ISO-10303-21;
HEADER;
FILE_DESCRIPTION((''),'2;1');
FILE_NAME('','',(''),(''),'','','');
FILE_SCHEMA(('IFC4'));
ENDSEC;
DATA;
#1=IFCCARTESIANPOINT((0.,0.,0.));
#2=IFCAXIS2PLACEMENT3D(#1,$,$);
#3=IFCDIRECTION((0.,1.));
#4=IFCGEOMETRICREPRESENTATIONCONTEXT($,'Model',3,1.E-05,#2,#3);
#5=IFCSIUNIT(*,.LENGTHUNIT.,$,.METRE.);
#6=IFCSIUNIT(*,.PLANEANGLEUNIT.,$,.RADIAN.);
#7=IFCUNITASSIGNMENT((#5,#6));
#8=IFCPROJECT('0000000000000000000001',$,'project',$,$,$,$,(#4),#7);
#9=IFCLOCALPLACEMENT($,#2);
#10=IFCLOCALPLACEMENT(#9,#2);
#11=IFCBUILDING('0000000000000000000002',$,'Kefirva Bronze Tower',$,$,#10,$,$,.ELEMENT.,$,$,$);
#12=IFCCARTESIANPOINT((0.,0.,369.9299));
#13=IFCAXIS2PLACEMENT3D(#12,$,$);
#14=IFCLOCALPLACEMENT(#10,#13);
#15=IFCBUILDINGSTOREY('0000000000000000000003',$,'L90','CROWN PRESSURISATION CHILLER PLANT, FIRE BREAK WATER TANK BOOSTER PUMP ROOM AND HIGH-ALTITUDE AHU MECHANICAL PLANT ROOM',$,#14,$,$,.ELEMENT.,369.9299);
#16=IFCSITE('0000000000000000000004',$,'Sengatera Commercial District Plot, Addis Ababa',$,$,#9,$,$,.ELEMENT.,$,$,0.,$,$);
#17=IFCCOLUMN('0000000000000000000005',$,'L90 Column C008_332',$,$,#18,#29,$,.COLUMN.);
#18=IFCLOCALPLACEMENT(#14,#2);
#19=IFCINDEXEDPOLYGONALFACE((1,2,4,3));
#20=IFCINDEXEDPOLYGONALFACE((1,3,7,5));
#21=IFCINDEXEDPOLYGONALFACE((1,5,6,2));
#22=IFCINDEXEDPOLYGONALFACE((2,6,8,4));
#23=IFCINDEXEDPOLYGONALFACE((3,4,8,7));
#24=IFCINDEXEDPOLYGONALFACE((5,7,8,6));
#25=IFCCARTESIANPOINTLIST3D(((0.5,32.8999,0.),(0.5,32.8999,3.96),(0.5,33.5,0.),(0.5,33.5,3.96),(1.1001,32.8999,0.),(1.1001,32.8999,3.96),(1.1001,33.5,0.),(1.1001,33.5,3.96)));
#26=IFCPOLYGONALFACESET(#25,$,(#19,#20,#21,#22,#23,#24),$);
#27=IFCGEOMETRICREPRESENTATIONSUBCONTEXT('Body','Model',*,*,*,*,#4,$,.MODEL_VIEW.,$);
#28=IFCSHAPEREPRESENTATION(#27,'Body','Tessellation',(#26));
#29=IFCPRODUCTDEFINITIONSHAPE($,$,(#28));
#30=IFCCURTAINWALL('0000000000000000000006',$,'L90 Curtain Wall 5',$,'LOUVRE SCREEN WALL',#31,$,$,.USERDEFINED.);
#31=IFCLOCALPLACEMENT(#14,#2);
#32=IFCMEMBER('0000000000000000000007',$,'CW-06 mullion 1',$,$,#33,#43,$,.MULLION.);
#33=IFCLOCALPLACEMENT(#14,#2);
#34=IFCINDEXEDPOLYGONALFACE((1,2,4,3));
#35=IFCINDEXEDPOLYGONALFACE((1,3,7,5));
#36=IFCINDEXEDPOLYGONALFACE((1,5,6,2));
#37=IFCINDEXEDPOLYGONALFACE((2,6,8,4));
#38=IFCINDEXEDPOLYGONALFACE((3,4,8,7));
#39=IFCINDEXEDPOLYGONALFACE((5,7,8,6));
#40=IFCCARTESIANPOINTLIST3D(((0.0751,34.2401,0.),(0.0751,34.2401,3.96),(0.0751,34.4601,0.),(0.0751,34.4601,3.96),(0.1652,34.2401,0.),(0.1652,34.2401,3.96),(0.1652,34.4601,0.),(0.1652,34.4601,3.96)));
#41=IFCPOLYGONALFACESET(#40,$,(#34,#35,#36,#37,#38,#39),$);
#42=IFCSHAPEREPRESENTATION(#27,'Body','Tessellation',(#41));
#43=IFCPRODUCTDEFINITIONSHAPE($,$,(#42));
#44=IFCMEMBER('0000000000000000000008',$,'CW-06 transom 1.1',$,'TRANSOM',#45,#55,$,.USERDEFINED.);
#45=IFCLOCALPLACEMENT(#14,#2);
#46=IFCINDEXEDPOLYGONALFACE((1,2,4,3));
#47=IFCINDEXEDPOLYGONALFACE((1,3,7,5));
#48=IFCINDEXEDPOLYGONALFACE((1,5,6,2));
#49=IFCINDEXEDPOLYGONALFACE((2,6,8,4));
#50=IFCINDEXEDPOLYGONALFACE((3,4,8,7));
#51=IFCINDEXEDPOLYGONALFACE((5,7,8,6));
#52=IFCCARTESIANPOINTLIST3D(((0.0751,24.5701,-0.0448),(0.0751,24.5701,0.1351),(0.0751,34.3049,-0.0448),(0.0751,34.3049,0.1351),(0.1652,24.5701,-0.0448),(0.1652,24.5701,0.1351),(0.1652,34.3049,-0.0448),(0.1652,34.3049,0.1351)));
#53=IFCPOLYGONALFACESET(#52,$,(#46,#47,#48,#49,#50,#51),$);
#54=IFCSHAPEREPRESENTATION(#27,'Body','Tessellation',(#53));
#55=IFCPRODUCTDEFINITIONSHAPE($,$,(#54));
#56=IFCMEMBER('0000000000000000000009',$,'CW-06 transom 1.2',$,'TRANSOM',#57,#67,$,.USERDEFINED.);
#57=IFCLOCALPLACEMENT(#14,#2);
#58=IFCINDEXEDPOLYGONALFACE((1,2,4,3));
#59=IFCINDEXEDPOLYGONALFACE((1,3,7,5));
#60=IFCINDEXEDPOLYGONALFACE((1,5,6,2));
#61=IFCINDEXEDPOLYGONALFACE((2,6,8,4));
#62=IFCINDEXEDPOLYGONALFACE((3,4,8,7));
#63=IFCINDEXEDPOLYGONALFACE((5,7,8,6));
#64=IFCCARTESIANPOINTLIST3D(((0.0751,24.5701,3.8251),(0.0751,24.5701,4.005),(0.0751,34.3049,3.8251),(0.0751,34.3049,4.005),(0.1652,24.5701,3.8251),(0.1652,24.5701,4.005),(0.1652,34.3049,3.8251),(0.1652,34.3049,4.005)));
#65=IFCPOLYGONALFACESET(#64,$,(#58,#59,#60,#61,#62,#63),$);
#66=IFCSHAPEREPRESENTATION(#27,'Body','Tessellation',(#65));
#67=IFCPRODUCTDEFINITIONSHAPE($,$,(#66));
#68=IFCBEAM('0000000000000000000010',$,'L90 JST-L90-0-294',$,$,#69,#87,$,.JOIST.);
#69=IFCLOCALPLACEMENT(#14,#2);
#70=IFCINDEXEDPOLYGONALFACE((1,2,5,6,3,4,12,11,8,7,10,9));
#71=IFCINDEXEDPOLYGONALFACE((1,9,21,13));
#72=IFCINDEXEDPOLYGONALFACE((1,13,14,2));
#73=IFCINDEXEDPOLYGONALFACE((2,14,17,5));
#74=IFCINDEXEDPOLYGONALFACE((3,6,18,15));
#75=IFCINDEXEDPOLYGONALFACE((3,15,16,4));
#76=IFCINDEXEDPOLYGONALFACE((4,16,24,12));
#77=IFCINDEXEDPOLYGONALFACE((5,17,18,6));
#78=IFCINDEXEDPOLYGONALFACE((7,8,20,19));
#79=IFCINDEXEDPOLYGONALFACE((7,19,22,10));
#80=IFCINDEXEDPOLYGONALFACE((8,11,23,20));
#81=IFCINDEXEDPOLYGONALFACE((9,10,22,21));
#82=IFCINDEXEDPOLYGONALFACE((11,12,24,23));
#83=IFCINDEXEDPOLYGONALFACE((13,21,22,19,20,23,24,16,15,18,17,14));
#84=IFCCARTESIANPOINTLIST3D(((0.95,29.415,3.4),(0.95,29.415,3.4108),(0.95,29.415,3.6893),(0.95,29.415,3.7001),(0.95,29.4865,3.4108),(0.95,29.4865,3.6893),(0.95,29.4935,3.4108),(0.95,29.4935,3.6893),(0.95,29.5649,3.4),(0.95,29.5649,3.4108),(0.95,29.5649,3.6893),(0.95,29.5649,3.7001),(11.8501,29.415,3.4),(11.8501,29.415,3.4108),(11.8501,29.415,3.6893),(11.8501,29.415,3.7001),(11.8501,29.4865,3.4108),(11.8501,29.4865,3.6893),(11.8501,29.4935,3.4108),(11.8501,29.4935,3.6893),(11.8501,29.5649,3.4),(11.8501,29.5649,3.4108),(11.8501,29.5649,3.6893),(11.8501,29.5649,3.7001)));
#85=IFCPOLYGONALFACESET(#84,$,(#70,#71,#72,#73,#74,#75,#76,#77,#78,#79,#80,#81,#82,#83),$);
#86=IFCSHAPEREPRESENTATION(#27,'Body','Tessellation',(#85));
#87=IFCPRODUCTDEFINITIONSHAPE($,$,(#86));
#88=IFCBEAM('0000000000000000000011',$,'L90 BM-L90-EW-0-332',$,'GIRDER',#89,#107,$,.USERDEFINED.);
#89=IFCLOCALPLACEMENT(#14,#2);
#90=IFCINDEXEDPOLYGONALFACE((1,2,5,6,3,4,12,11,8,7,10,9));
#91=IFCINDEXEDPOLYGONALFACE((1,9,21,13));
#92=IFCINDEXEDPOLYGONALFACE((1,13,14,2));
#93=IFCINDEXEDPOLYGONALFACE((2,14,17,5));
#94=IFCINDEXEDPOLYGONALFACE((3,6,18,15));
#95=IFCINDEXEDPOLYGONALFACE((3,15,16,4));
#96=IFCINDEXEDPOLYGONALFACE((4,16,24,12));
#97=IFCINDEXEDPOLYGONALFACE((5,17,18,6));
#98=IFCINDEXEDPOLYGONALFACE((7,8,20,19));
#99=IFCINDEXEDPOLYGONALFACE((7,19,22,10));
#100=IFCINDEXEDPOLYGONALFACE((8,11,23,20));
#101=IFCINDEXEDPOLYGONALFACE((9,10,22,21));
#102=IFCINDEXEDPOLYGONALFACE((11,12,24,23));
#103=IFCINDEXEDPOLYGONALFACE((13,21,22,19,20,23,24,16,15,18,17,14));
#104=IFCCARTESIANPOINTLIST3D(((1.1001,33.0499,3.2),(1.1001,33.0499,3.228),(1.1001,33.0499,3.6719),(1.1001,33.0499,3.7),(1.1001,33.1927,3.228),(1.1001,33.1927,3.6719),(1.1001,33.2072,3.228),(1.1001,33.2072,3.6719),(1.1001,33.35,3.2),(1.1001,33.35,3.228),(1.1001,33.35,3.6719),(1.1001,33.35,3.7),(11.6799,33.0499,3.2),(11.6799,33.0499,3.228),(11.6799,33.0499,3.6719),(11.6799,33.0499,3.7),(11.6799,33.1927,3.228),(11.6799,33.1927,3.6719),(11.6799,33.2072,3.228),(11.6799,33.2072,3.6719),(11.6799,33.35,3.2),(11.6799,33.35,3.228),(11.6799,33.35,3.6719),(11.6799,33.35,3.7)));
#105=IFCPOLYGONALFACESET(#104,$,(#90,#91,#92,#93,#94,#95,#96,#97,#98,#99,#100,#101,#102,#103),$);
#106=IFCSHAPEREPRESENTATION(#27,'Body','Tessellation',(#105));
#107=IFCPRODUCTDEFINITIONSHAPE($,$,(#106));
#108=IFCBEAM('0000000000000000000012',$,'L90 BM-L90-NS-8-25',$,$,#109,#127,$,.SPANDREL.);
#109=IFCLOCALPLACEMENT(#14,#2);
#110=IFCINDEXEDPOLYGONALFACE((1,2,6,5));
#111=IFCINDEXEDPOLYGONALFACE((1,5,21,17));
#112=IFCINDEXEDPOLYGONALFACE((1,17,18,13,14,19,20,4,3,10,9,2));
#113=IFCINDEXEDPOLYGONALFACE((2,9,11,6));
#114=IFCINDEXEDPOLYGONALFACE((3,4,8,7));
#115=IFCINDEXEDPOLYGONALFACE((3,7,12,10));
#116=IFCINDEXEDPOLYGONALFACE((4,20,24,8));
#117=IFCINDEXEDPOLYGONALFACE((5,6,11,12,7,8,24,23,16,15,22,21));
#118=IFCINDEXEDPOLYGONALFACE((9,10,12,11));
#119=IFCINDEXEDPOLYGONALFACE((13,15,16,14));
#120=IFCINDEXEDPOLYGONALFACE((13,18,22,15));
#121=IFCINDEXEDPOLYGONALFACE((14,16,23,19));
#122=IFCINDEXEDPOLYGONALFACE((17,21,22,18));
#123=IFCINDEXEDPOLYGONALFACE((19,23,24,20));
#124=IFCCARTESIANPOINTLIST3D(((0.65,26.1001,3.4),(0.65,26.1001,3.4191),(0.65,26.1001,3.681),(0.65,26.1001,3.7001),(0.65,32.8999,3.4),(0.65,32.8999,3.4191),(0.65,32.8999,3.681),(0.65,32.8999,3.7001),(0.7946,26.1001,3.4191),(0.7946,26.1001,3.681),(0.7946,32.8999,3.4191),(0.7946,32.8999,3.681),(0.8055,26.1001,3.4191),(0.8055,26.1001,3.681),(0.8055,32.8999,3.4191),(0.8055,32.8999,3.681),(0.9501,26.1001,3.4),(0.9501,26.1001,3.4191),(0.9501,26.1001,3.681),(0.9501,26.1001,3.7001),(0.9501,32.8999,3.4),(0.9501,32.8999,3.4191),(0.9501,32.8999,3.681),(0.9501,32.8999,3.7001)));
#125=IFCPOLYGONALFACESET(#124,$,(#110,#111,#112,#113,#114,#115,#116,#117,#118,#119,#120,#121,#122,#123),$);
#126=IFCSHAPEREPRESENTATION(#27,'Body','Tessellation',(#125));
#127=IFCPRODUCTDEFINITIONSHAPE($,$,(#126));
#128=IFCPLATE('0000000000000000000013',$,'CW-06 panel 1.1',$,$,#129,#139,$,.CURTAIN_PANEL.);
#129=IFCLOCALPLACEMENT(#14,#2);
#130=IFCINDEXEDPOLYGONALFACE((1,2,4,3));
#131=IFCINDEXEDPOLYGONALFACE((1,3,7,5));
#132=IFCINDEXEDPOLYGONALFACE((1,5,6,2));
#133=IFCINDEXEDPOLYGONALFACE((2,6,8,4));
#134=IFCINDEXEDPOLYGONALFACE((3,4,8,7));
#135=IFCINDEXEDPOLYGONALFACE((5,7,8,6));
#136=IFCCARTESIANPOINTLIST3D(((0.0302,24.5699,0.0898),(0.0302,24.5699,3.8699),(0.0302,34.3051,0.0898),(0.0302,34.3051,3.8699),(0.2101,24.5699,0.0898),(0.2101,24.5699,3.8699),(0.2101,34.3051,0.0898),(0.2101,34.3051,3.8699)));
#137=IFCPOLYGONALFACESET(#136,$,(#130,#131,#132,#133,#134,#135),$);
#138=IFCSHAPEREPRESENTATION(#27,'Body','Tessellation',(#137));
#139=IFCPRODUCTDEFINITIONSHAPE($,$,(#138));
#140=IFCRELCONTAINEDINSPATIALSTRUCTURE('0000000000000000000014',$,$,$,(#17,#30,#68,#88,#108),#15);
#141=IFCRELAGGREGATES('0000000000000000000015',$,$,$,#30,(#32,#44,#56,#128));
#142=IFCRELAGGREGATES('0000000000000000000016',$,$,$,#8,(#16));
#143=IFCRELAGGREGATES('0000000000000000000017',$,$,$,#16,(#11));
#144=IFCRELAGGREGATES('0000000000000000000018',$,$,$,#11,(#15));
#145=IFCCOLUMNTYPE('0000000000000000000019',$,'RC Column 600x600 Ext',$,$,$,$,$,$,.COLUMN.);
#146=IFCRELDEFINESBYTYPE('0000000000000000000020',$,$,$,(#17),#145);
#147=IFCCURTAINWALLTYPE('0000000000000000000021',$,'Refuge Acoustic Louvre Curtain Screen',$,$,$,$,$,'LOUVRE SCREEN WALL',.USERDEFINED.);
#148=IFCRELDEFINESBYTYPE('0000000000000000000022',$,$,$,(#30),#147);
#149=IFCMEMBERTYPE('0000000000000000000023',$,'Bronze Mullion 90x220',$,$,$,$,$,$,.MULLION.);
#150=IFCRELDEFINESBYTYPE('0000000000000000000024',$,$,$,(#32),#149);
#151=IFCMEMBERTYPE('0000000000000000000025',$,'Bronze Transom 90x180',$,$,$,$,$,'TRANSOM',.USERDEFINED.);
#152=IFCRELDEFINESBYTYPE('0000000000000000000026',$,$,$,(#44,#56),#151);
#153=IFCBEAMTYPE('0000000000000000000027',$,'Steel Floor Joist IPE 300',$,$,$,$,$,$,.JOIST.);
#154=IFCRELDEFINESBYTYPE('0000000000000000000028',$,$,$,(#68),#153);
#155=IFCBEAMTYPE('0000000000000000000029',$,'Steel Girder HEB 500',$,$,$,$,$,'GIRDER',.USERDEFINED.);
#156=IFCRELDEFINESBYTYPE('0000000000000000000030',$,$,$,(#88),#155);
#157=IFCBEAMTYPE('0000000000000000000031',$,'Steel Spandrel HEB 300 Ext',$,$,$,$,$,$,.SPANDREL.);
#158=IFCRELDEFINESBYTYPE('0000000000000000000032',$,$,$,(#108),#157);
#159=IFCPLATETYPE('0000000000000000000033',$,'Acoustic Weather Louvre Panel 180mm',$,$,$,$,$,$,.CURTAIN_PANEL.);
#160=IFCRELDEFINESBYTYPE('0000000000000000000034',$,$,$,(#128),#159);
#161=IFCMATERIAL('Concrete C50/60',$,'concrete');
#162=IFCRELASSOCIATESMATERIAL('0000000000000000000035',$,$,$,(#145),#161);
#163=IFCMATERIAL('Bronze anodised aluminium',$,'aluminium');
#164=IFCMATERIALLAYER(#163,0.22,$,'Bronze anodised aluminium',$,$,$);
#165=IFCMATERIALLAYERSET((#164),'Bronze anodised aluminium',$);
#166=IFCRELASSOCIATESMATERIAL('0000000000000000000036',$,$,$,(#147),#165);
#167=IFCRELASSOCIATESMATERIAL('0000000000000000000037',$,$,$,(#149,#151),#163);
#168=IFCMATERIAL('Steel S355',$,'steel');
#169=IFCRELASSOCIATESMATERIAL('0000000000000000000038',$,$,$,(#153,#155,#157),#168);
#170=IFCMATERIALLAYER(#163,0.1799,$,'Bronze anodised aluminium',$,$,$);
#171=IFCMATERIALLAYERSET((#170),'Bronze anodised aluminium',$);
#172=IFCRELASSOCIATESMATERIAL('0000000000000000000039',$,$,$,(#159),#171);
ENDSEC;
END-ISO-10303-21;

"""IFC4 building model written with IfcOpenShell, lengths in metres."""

from ifc_helpers import new_model, si_unit, direction, frame, origin, origin_2d, place, context, subcontext, project, spatial, rectangle, i_section, extrude, material, layer, layer_set, material_profile, profile_set, type_object, element, aggregate, save


model = new_model("IFC4")

# Units and contexts
model_context = context("Model", 3, precision=1e-05, world=origin(), true_north=direction((0.0, 1.0)))
body_context = subcontext(model_context, "Body", "Model", "MODEL_VIEW")
ifc_project = project(units=[si_unit("LENGTHUNIT", "METRE"), si_unit("PLANEANGLEUNIT", "RADIAN")], contexts=[model_context])

# Site, building, storey
site_placement = place(None, origin())
site = spatial("IfcSite", under=ifc_project, at=site_placement, Name="Sengatera Commercial District Plot, Addis Ababa", CompositionType="ELEMENT", RefElevation=0.0)
building_placement = place(site_placement, origin())
building = spatial("IfcBuilding", under=site, at=building_placement, Name="Kefirva Bronze Tower", CompositionType="ELEMENT")
storey_placement = place(building_placement, frame((0.0, 0.0, 369.9299)))
storey = spatial("IfcBuildingStorey", under=building, at=storey_placement, Name="L90", Description="CROWN PRESSURISATION CHILLER PLANT, FIRE BREAK WATER TANK BOOSTER PUMP ROOM AND HIGH-ALTITUDE AHU MECHANICAL PLANT ROOM", CompositionType="ELEMENT", Elevation=369.9299)

# Column
ifc_material_1 = material(Name="Concrete C50/60", Category="concrete")
ifc_material_profile_1 = material_profile(ifc_material_1, rectangle(XDim=0.6001, YDim=0.6001, at=origin_2d()), Name="RC 600x600")
ifc_profile_set_1 = profile_set([ifc_material_profile_1], Name="Concrete C50/60")
column_type = type_object("IfcColumnType", Name="RC Column 600x600 Ext", PredefinedType="COLUMN", material=ifc_profile_set_1)
column_placement = place(storey_placement, frame((0.8, 33.2, 0.0), z_axis=(0.0, 0.0, 1.0), x_axis=(1.0, 0.0, 0.0)))
element("IfcColumn", 1, at=column_placement, inside=storey, type_object=column_type, Name="L90 Column C008_332", PredefinedType="COLUMN", context=body_context, shape_type="SweptSolid", body=[
    extrude(rectangle(XDim=0.6001, YDim=0.6001, at=origin_2d()), origin(), (0.0, 0.0, 1.0), 3.96),
])

# Curtain wall, members
ifc_material_2 = material(Name="Bronze anodised aluminium", Category="aluminium")
ifc_layer_1 = layer(ifc_material_2, 0.22, Name="Bronze anodised aluminium")
ifc_layer_set_1 = layer_set([ifc_layer_1], Name="Bronze anodised aluminium")
curtain_wall_type = type_object("IfcCurtainWallType", Name="Refuge Acoustic Louvre Curtain Screen", ElementType="LOUVRE SCREEN WALL", PredefinedType="USERDEFINED", material=ifc_layer_set_1)
curtain_wall_placement = place(storey_placement, origin())
curtain_wall = element("IfcCurtainWall", 2, at=curtain_wall_placement, inside=storey, type_object=curtain_wall_type, Name="L90 Curtain Wall 5", ObjectType="LOUVRE SCREEN WALL", PredefinedType="USERDEFINED")
ifc_material_profile_2 = material_profile(ifc_material_2, rectangle(XDim=0.0901, YDim=0.22, at=origin_2d()), Name="ALU 90x220")
ifc_profile_set_2 = profile_set([ifc_material_profile_2], Name="Bronze anodised aluminium")
member_type_1 = type_object("IfcMemberType", Name="Bronze Mullion 90x220", PredefinedType="MULLION", material=ifc_profile_set_2)
member_1_placement = place(storey_placement, frame((0.1201, 34.3501, 0.0), z_axis=(0.0, 0.0, 1.0), x_axis=(1.0, 0.0, 0.0)))
member_1 = element("IfcMember", 3, at=member_1_placement, type_object=member_type_1, Name="CW-06 mullion 1", PredefinedType="MULLION", context=body_context, shape_type="SweptSolid", body=[
    extrude(rectangle(XDim=0.0901, YDim=0.22, at=origin_2d()), origin(), (0.0, 0.0, 1.0), 3.96),
])
ifc_material_profile_3 = material_profile(ifc_material_2, rectangle(XDim=0.0901, YDim=0.1799, at=origin_2d()), Name="ALU 90x180")
ifc_profile_set_3 = profile_set([ifc_material_profile_3], Name="Bronze anodised aluminium")
member_type_2 = type_object("IfcMemberType", Name="Bronze Transom 90x180", ElementType="TRANSOM", PredefinedType="USERDEFINED", material=ifc_profile_set_3)
member_2_placement = place(storey_placement, frame((0.1201, 34.3049, 0.0452), z_axis=(0.0, -1.0, 0.0), x_axis=(1.0, 0.0, 0.0)))
member_2 = element("IfcMember", 4, at=member_2_placement, type_object=member_type_2, Name="CW-06 transom 1.1", ObjectType="TRANSOM", PredefinedType="USERDEFINED", context=body_context, shape_type="SweptSolid", body=[
    extrude(rectangle(XDim=0.0901, YDim=0.1799, at=origin_2d()), origin(), (0.0, 0.0, 1.0), 9.7349),
])
member_3_placement = place(storey_placement, frame((0.1201, 34.3049, 3.915), z_axis=(0.0, -1.0, 0.0), x_axis=(1.0, 0.0, 0.0)))
member_3 = element("IfcMember", 5, at=member_3_placement, type_object=member_type_2, Name="CW-06 transom 1.2", ObjectType="TRANSOM", PredefinedType="USERDEFINED", context=body_context, shape_type="SweptSolid", body=[
    extrude(rectangle(XDim=0.0901, YDim=0.1799, at=origin_2d()), origin(), (0.0, 0.0, 1.0), 9.7349),
])

# Beams
ifc_material_3 = material(Name="Steel S355", Category="steel")
ifc_material_profile_4 = material_profile(ifc_material_3, i_section(OverallWidth=0.1499, OverallDepth=0.3, WebThickness=0.0071, FlangeThickness=0.0107, at=origin_2d()), Name="IPE 300")
ifc_profile_set_4 = profile_set([ifc_material_profile_4], Name="Steel S355")
beam_type_1 = type_object("IfcBeamType", Name="Steel Floor Joist IPE 300", PredefinedType="JOIST", material=ifc_profile_set_4)
beam_1_placement = place(storey_placement, frame((0.95, 29.49, 3.55), z_axis=(1.0, 0.0, 0.0), x_axis=(0.0, 1.0, 0.0)))
element("IfcBeam", 6, at=beam_1_placement, inside=storey, type_object=beam_type_1, Name="L90 JST-L90-0-294", PredefinedType="JOIST", context=body_context, shape_type="SweptSolid", body=[
    extrude(i_section(OverallWidth=0.1499, OverallDepth=0.3, WebThickness=0.0071, FlangeThickness=0.0107, at=origin_2d()), origin(), (0.0, 0.0, 1.0), 10.9001),
])
ifc_material_profile_5 = material_profile(ifc_material_3, i_section(OverallWidth=0.3, OverallDepth=0.5, WebThickness=0.0144, FlangeThickness=0.0281, at=origin_2d()), Name="HEB 500")
ifc_profile_set_5 = profile_set([ifc_material_profile_5], Name="Steel S355")
beam_type_2 = type_object("IfcBeamType", Name="Steel Girder HEB 500", ElementType="GIRDER", PredefinedType="USERDEFINED", material=ifc_profile_set_5)
beam_2_placement = place(storey_placement, frame((1.1001, 33.2, 3.45), z_axis=(1.0, 0.0, 0.0), x_axis=(0.0, 1.0, 0.0)))
element("IfcBeam", 7, at=beam_2_placement, inside=storey, type_object=beam_type_2, Name="L90 BM-L90-EW-0-332", ObjectType="GIRDER", PredefinedType="USERDEFINED", context=body_context, shape_type="SweptSolid", body=[
    extrude(i_section(OverallWidth=0.3, OverallDepth=0.5, WebThickness=0.0144, FlangeThickness=0.0281, at=origin_2d()), origin(), (0.0, 0.0, 1.0), 10.5798),
])
ifc_material_profile_6 = material_profile(ifc_material_3, i_section(OverallWidth=0.3, OverallDepth=0.3, WebThickness=0.011, FlangeThickness=0.019, at=origin_2d()), Name="HEB 300")
ifc_profile_set_6 = profile_set([ifc_material_profile_6], Name="Steel S355")
beam_type_3 = type_object("IfcBeamType", Name="Steel Spandrel HEB 300 Ext", PredefinedType="SPANDREL", material=ifc_profile_set_6)
beam_3_placement = place(storey_placement, frame((0.8, 26.1001, 3.55), z_axis=(0.0, 1.0, 0.0), x_axis=(-1.0, 0.0, 0.0)))
element("IfcBeam", 8, at=beam_3_placement, inside=storey, type_object=beam_type_3, Name="L90 BM-L90-NS-8-25", PredefinedType="SPANDREL", context=body_context, shape_type="SweptSolid", body=[
    extrude(i_section(OverallWidth=0.3, OverallDepth=0.3, WebThickness=0.011, FlangeThickness=0.019, at=origin_2d()), origin(), (0.0, 0.0, 1.0), 6.7998),
])

# Plate
ifc_layer_2 = layer(ifc_material_2, 0.1799, Name="Bronze anodised aluminium")
ifc_layer_set_2 = layer_set([ifc_layer_2], Name="Bronze anodised aluminium")
plate_type = type_object("IfcPlateType", Name="Acoustic Weather Louvre Panel 180mm", PredefinedType="CURTAIN_PANEL", material=ifc_layer_set_2)
plate_placement = place(storey_placement, frame((0.1201, 29.4375, 0.0898), z_axis=(0.0, 0.0, 1.0), x_axis=(0.0, -1.0, 0.0)))
plate = element("IfcPlate", 9, at=plate_placement, type_object=plate_type, Name="CW-06 panel 1.1", PredefinedType="CURTAIN_PANEL", context=body_context, shape_type="SweptSolid", body=[
    extrude(rectangle(XDim=9.7351, YDim=0.1799, at=origin_2d()), origin(), (0.0, 0.0, 1.0), 3.78),
])
aggregate(curtain_wall, [member_1, member_2, member_3, plate])

save(model, "model.ifc")
